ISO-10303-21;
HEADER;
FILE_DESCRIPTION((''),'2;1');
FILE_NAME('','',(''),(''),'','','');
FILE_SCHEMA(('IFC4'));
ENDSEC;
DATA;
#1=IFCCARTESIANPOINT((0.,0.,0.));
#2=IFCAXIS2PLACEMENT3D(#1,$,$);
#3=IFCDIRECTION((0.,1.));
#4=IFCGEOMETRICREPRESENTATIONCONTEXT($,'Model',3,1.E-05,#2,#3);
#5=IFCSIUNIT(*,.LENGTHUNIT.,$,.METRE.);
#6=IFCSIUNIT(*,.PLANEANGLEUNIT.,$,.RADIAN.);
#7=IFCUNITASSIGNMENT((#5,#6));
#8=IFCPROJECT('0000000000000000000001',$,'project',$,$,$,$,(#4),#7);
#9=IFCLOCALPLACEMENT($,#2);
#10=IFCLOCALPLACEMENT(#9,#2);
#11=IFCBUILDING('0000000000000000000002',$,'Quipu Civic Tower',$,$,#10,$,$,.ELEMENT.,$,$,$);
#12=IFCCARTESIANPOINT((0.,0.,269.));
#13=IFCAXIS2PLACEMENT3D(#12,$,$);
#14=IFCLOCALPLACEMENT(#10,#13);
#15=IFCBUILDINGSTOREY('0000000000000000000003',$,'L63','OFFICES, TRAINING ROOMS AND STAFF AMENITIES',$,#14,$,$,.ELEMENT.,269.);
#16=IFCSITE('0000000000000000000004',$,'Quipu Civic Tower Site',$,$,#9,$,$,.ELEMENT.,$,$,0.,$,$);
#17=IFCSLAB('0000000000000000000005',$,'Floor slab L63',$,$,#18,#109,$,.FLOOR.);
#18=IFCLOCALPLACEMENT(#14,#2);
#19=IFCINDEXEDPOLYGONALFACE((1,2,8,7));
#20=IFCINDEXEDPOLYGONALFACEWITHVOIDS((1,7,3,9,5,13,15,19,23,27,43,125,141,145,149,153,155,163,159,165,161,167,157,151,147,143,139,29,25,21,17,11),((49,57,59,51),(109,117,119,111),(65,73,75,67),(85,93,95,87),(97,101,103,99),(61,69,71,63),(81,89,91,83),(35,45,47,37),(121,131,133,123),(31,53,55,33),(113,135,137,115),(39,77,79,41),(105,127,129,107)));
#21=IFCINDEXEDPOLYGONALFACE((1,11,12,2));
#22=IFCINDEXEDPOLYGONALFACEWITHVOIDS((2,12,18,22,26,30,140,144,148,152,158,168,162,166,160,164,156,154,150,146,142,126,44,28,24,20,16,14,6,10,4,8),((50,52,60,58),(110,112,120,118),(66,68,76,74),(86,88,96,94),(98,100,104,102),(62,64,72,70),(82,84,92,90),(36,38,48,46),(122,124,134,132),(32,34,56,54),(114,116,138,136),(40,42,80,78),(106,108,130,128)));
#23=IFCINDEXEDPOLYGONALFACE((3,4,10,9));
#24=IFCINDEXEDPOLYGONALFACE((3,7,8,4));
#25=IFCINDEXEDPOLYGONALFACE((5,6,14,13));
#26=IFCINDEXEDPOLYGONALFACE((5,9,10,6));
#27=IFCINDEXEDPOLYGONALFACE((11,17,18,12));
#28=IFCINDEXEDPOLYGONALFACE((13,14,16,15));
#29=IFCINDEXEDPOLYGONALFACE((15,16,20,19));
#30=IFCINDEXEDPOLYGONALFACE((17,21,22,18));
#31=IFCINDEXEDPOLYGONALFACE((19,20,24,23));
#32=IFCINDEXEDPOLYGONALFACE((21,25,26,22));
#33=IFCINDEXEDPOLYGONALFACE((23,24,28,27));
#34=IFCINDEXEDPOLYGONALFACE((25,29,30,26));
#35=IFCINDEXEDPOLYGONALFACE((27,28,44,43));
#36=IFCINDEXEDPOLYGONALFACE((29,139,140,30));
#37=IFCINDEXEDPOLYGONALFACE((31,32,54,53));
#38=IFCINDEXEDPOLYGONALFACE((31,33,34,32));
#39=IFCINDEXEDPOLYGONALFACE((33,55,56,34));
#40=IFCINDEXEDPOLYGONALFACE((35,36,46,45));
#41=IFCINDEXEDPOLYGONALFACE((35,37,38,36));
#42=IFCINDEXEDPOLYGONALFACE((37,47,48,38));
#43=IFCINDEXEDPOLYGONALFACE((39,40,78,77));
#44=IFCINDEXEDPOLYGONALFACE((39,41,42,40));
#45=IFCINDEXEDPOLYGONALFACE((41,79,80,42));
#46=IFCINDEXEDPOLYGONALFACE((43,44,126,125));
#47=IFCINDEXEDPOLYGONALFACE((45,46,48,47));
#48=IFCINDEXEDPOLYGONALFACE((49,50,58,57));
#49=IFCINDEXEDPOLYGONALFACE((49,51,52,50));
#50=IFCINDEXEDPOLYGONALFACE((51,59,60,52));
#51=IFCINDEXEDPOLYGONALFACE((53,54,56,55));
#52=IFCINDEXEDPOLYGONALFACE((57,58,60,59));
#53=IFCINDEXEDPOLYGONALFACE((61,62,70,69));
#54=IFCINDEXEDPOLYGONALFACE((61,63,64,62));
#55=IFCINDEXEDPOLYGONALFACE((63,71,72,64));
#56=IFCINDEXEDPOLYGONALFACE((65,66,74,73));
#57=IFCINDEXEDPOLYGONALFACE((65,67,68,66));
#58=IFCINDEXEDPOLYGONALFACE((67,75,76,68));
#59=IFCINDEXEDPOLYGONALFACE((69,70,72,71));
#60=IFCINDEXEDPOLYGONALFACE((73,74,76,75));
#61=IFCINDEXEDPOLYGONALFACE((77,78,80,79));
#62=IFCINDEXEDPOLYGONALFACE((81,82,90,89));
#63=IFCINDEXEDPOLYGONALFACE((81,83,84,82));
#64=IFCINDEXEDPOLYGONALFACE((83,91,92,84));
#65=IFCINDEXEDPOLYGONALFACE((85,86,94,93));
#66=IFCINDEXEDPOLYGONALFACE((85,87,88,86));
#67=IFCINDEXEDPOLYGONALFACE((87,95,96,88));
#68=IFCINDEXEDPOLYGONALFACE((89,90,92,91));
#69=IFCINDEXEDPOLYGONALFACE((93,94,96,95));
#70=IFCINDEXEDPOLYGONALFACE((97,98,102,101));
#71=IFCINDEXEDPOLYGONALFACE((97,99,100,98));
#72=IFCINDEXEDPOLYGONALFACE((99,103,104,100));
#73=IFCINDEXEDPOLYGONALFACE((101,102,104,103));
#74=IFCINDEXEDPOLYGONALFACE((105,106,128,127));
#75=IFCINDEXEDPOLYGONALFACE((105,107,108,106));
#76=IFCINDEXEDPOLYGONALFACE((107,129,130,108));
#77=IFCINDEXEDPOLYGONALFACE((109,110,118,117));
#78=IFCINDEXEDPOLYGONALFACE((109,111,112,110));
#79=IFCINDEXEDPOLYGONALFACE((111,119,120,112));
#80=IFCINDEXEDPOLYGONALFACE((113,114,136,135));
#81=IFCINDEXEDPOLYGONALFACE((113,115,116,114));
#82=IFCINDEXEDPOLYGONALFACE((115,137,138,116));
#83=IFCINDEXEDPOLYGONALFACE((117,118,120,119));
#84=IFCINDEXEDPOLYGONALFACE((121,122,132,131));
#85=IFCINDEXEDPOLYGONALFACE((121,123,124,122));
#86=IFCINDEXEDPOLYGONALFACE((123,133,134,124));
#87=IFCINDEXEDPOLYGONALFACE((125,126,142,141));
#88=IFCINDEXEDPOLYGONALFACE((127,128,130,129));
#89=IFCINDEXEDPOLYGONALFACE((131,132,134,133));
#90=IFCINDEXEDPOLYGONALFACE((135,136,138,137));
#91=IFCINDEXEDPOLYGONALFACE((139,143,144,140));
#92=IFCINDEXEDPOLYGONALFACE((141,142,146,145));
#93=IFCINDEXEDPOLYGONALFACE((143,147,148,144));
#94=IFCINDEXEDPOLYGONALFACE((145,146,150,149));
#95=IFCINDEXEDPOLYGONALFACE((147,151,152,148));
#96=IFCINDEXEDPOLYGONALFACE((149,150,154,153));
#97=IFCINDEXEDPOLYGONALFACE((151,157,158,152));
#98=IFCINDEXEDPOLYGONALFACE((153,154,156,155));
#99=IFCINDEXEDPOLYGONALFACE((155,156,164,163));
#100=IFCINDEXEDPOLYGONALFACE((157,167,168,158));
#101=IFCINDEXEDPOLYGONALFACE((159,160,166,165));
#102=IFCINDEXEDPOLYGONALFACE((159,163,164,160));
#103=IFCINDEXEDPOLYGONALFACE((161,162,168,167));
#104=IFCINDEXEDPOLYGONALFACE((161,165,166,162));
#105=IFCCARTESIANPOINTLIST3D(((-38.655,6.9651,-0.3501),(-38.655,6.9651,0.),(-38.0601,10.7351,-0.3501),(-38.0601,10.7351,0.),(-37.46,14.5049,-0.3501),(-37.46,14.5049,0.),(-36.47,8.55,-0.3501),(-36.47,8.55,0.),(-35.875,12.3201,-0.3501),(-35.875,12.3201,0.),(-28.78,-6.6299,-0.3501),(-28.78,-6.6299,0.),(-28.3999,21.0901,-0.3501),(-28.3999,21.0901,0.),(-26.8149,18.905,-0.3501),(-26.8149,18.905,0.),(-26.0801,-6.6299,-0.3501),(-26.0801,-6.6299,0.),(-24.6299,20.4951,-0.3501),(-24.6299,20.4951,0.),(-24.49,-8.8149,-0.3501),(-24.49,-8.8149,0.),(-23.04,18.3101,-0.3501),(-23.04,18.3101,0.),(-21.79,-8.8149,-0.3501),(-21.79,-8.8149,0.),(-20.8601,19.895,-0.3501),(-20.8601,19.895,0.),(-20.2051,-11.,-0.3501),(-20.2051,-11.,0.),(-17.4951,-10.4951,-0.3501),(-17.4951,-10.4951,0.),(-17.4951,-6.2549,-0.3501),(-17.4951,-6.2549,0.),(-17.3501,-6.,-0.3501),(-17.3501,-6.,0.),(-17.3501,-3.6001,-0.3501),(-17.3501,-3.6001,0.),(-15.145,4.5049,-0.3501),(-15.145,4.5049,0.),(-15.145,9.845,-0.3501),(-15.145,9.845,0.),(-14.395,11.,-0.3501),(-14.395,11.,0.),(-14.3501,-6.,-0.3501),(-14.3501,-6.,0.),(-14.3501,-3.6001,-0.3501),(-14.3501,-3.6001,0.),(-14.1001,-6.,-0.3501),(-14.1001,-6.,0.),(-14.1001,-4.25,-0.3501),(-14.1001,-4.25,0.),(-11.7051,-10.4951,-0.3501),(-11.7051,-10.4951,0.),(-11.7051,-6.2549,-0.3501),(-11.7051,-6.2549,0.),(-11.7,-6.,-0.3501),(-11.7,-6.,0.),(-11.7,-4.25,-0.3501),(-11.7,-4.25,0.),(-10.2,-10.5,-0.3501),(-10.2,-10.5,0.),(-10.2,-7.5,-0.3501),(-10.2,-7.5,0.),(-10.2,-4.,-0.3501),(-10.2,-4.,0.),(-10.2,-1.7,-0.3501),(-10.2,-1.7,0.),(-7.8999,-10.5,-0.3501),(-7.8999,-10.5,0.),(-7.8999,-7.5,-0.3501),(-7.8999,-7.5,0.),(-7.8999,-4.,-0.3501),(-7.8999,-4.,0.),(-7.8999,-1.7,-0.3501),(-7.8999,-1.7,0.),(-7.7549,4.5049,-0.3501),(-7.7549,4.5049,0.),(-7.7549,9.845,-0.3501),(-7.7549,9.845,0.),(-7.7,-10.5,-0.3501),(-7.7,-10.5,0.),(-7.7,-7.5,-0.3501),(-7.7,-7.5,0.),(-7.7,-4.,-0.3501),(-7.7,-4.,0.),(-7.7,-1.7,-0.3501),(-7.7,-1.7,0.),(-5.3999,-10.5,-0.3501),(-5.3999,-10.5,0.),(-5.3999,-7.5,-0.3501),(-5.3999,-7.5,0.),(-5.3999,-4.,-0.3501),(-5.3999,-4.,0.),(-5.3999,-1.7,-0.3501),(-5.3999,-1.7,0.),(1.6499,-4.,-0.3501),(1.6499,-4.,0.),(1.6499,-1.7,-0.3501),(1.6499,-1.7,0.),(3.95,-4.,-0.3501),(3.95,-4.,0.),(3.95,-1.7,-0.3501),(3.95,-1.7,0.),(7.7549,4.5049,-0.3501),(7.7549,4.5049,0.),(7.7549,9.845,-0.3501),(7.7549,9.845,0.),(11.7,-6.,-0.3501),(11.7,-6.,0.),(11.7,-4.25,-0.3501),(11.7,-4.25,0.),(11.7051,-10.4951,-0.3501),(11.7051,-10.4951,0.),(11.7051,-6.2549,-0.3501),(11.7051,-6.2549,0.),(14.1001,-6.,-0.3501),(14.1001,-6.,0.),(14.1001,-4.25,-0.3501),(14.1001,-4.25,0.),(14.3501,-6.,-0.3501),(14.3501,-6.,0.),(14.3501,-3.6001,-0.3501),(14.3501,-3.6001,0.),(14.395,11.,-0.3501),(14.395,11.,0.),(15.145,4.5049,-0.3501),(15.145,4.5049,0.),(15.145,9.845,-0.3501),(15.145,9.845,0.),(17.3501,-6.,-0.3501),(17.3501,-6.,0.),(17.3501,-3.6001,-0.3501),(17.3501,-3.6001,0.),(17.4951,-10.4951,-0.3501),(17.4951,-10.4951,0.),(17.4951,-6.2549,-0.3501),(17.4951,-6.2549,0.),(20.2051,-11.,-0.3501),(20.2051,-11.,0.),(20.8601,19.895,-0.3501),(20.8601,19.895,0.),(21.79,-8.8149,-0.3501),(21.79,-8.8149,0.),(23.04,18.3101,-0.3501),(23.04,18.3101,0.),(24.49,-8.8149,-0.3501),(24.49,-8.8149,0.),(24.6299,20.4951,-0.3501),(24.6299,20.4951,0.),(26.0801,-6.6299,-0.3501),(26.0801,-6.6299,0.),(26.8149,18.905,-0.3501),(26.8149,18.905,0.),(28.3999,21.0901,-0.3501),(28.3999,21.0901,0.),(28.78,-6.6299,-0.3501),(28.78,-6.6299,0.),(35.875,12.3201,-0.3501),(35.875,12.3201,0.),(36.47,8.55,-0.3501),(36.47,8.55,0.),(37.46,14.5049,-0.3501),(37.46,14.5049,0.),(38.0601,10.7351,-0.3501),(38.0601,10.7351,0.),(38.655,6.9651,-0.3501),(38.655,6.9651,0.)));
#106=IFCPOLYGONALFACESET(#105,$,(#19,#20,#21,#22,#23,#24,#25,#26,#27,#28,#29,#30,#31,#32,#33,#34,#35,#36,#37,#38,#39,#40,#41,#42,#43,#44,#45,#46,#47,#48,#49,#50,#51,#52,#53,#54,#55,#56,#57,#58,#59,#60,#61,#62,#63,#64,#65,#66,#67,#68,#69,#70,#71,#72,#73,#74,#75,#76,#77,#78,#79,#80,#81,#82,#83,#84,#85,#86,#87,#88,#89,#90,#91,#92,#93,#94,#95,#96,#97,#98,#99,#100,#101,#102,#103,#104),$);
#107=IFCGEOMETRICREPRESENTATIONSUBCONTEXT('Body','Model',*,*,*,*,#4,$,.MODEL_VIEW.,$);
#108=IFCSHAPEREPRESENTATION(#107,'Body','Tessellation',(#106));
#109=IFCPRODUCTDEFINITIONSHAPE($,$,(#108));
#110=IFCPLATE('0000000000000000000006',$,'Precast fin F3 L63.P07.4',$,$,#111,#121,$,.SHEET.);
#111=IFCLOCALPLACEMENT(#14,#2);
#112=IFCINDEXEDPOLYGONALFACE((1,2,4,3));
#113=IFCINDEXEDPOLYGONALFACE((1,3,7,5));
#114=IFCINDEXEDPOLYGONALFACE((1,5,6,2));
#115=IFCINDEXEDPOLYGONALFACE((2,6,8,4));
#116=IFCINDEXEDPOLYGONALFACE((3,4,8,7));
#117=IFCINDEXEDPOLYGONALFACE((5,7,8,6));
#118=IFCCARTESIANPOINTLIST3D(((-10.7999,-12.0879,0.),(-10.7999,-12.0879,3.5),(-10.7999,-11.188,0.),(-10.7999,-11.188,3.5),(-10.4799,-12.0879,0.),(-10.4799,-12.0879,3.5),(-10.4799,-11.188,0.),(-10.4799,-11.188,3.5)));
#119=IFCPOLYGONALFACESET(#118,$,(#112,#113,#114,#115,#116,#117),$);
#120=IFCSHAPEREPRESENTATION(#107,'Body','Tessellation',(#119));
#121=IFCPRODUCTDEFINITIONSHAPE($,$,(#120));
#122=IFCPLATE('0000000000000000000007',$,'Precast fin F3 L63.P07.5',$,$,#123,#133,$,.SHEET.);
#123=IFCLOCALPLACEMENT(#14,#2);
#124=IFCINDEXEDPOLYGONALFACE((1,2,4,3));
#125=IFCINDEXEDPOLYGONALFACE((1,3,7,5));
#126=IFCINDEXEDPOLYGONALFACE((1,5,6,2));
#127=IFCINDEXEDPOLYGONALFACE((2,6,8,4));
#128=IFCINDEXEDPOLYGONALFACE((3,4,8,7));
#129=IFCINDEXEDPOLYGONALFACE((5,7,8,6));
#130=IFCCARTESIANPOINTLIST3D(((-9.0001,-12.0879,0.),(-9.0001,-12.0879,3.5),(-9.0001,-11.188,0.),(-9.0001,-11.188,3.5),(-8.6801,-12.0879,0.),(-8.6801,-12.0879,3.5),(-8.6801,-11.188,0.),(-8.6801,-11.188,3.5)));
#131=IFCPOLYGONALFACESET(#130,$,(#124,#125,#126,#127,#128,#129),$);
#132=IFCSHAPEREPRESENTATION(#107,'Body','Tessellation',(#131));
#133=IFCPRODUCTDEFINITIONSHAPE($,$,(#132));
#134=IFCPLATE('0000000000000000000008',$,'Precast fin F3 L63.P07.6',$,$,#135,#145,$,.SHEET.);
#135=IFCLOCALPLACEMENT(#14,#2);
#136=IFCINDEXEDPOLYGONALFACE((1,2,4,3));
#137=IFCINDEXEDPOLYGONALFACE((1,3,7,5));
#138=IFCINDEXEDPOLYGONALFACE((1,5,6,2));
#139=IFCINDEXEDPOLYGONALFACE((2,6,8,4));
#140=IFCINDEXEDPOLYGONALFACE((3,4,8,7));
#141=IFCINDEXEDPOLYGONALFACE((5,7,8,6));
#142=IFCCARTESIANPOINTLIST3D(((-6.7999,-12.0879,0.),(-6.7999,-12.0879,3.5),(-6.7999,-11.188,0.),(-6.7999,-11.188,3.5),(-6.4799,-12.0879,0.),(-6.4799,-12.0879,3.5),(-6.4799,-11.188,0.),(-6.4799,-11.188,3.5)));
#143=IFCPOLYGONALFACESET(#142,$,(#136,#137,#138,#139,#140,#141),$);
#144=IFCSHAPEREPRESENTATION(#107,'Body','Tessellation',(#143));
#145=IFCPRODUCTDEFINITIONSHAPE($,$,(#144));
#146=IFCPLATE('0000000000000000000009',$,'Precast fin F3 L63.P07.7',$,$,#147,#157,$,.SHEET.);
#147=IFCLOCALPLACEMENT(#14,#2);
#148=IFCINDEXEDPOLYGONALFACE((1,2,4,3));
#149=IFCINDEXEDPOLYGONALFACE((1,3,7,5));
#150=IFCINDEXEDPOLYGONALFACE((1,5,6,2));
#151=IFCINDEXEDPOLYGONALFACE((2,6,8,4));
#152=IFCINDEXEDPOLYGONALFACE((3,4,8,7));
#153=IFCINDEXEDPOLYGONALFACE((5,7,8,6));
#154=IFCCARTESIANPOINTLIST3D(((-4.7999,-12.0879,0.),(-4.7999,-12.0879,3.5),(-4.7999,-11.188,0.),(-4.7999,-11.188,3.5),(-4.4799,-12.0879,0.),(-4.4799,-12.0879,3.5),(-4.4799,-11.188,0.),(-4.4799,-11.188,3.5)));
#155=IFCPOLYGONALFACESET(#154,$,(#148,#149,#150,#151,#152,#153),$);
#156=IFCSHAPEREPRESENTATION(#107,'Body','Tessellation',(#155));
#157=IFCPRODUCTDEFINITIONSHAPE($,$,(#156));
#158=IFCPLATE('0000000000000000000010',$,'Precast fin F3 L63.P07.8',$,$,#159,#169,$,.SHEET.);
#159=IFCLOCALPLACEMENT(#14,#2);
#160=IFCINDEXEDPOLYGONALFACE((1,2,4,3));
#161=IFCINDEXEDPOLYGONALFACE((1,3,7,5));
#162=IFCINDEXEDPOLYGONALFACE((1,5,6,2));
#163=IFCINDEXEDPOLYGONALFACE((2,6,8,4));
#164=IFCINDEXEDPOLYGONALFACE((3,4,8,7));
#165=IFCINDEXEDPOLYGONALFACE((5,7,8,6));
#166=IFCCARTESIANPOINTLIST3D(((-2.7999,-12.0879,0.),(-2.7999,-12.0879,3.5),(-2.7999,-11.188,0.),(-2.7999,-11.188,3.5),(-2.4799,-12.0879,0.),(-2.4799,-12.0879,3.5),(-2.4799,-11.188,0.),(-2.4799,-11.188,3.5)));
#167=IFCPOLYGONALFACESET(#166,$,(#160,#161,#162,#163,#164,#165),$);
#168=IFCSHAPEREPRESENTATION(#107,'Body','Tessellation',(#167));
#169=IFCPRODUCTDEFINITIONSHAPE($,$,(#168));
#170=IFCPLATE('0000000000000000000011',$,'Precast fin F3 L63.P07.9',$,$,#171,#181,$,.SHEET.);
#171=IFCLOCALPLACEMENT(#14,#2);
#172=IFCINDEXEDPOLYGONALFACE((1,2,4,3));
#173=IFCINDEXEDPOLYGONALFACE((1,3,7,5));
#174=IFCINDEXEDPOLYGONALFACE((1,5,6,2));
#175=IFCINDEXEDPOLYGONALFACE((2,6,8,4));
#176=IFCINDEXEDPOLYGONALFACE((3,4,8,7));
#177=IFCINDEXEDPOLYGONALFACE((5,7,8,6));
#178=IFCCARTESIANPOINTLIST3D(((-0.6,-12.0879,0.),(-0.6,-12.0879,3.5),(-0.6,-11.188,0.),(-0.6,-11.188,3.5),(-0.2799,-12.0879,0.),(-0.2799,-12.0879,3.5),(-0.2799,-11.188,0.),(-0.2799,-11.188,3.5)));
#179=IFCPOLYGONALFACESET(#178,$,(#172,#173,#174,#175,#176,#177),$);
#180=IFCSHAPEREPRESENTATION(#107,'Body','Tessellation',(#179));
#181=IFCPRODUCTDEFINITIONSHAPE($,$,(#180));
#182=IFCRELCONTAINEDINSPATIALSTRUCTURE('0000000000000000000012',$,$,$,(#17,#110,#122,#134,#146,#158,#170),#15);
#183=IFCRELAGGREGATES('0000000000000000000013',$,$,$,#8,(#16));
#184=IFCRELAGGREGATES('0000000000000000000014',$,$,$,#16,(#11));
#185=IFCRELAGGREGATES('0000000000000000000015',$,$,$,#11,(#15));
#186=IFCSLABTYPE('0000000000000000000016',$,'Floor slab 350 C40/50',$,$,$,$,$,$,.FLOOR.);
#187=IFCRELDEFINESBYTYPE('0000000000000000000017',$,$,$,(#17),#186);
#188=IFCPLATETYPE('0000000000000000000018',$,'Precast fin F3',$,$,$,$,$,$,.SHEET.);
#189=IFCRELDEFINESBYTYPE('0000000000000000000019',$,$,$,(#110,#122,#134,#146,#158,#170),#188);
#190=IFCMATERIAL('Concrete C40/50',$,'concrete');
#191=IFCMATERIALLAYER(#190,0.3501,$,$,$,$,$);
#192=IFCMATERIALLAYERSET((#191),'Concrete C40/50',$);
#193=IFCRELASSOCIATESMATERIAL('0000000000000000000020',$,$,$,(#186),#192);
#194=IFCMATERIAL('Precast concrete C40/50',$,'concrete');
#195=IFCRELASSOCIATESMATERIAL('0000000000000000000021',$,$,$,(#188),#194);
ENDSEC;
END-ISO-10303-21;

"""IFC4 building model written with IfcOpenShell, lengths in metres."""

from ifc_helpers import new_model, si_unit, direction, frame, origin, origin_2d, place, context, subcontext, project, spatial, polyline, rectangle, outline, extrude, material, layer, layer_set, type_object, element, save


model = new_model("IFC4")

# Units and contexts
model_context = context("Model", 3, precision=1e-05, world=origin(), true_north=direction((0.0, 1.0)))
body_context = subcontext(model_context, "Body", "Model", "MODEL_VIEW")
ifc_project = project(units=[si_unit("LENGTHUNIT", "METRE"), si_unit("PLANEANGLEUNIT", "RADIAN")], contexts=[model_context])

# Site, building, storey
site_placement = place(None, origin())
site = spatial("IfcSite", under=ifc_project, at=site_placement, Name="Quipu Civic Tower Site", CompositionType="ELEMENT", RefElevation=0.0)
building_placement = place(site_placement, origin())
building = spatial("IfcBuilding", under=site, at=building_placement, Name="Quipu Civic Tower", CompositionType="ELEMENT")
storey_placement = place(building_placement, frame((0.0, 0.0, 269.0)))
storey = spatial("IfcBuildingStorey", under=building, at=storey_placement, Name="L63", Description="OFFICES, TRAINING ROOMS AND STAFF AMENITIES", CompositionType="ELEMENT", Elevation=269.0)

# Slab
ifc_material_1 = material(Name="Concrete C40/50", Category="concrete")
ifc_layer_1 = layer(ifc_material_1, 0.3501)
ifc_layer_set_1 = layer_set([ifc_layer_1], Name="Concrete C40/50")
slab_type = type_object("IfcSlabType", Name="Floor slab 350 C40/50", PredefinedType="FLOOR", material=ifc_layer_set_1)
slab_placement = place(storey_placement, frame((0.0, 0.0, -0.3501)))
element("IfcSlab", 1, at=slab_placement, inside=storey, type_object=slab_type, Name="Floor slab L63", PredefinedType="FLOOR", context=body_context, shape_type="SweptSolid", body=[
    extrude(outline(polyline([(20.8601, 19.895), (23.04, 18.3101), (24.6299, 20.4951), (26.8149, 18.905), (28.3999, 21.0901), (37.46, 14.5049), (35.875, 12.3201), (38.0601, 10.7351), (36.47, 8.55), (38.655, 6.9651), (28.78, -6.6299), (26.0801, -6.6299), (24.49, -8.8149), (21.79, -8.8149), (20.2051, -11.0), (-20.2051, -11.0), (-21.79, -8.8149), (-24.49, -8.8149), (-26.0801, -6.6299), (-28.78, -6.6299), (-38.655, 6.9651), (-36.47, 8.55), (-38.0601, 10.7351), (-35.875, 12.3201), (-37.46, 14.5049), (-28.3999, 21.0901), (-26.8149, 18.905), (-24.6299, 20.4951), (-23.04, 18.3101), (-20.8601, 19.895), (-14.395, 11.0), (14.395, 11.0), (20.8601, 19.895)]), holes=[polyline([(-10.2, -10.5), (-7.8999, -10.5), (-7.8999, -7.5), (-10.2, -7.5), (-10.2, -10.5)]), polyline([(-7.7, -7.5), (-7.7, -10.5), (-5.3999, -10.5), (-5.3999, -7.5), (-7.7, -7.5)]), polyline([(-11.7051, -6.2549), (-17.4951, -6.2549), (-17.4951, -10.4951), (-11.7051, -10.4951), (-11.7051, -6.2549)]), polyline([(-14.1001, -6.0), (-11.7, -6.0), (-11.7, -4.25), (-14.1001, -4.25), (-14.1001, -6.0)]), polyline([(-17.3501, -3.6001), (-17.3501, -6.0), (-14.3501, -6.0), (-14.3501, -3.6001), (-17.3501, -3.6001)]), polyline([(-10.2, -1.7), (-10.2, -4.0), (-7.8999, -4.0), (-7.8999, -1.7), (-10.2, -1.7)]), polyline([(-15.145, 9.845), (-15.145, 4.5049), (-7.7549, 4.5049), (-7.7549, 9.845), (-15.145, 9.845)]), polyline([(11.7051, -10.4951), (17.4951, -10.4951), (17.4951, -6.2549), (11.7051, -6.2549), (11.7051, -10.4951)]), polyline([(11.7, -4.25), (11.7, -6.0), (14.1001, -6.0), (14.1001, -4.25), (11.7, -4.25)]), polyline([(14.3501, -3.6001), (14.3501, -6.0), (17.3501, -6.0), (17.3501, -3.6001), (14.3501, -3.6001)]), polyline([(-7.7, -1.7), (-7.7, -4.0), (-5.3999, -4.0), (-5.3999, -1.7), (-7.7, -1.7)]), polyline([(1.6499, -1.7), (1.6499, -4.0), (3.95, -4.0), (3.95, -1.7), (1.6499, -1.7)]), polyline([(7.7549, 4.5049), (15.145, 4.5049), (15.145, 9.845), (7.7549, 9.845), (7.7549, 4.5049)])]), origin(), (0.0, 0.0, 1.0), 0.3501),
])

# Plates
ifc_material_2 = material(Name="Precast concrete C40/50", Category="concrete")
plate_type = type_object("IfcPlateType", Name="Precast fin F3", PredefinedType="SHEET", material=ifc_material_2)
for number, where, z_axis, x_axis, name in (
    (2, (-10.6399, -11.6379, 0.0), (0.0, 0.0, 1.0), (1.0, 0.0, 0.0), "Precast fin F3 L63.P07.4"),
    (3, (-8.8401, -11.6379, 0.0), (0.0, 0.0, 1.0), (1.0, 0.0, 0.0), "Precast fin F3 L63.P07.5"),
    (4, (-6.6399, -11.6379, 0.0), (0.0, 0.0, 1.0), (1.0, 0.0, 0.0), "Precast fin F3 L63.P07.6"),
    (5, (-4.6399, -11.6379, 0.0), (0.0, 0.0, 1.0), (1.0, 0.0, 0.0), "Precast fin F3 L63.P07.7"),
    (6, (-2.6399, -11.6379, 0.0), (0.0, 0.0, 1.0), (1.0, 0.0, 0.0), "Precast fin F3 L63.P07.8"),
    (7, (-0.4399, -11.6379, 0.0), (0.0, 0.0, 1.0), (1.0, 0.0, 0.0), "Precast fin F3 L63.P07.9"),
):
    element("IfcPlate", number, at=place(storey_placement, frame(where, z_axis=z_axis, x_axis=x_axis)), inside=storey, type_object=plate_type, Name=name, PredefinedType="SHEET", context=body_context, shape_type="SweptSolid", body=[
        extrude(rectangle(XDim=0.3201, YDim=0.8999, at=origin_2d()), origin(), (0.0, 0.0, 1.0), 3.5),
    ])

save(model, "model.ifc")
